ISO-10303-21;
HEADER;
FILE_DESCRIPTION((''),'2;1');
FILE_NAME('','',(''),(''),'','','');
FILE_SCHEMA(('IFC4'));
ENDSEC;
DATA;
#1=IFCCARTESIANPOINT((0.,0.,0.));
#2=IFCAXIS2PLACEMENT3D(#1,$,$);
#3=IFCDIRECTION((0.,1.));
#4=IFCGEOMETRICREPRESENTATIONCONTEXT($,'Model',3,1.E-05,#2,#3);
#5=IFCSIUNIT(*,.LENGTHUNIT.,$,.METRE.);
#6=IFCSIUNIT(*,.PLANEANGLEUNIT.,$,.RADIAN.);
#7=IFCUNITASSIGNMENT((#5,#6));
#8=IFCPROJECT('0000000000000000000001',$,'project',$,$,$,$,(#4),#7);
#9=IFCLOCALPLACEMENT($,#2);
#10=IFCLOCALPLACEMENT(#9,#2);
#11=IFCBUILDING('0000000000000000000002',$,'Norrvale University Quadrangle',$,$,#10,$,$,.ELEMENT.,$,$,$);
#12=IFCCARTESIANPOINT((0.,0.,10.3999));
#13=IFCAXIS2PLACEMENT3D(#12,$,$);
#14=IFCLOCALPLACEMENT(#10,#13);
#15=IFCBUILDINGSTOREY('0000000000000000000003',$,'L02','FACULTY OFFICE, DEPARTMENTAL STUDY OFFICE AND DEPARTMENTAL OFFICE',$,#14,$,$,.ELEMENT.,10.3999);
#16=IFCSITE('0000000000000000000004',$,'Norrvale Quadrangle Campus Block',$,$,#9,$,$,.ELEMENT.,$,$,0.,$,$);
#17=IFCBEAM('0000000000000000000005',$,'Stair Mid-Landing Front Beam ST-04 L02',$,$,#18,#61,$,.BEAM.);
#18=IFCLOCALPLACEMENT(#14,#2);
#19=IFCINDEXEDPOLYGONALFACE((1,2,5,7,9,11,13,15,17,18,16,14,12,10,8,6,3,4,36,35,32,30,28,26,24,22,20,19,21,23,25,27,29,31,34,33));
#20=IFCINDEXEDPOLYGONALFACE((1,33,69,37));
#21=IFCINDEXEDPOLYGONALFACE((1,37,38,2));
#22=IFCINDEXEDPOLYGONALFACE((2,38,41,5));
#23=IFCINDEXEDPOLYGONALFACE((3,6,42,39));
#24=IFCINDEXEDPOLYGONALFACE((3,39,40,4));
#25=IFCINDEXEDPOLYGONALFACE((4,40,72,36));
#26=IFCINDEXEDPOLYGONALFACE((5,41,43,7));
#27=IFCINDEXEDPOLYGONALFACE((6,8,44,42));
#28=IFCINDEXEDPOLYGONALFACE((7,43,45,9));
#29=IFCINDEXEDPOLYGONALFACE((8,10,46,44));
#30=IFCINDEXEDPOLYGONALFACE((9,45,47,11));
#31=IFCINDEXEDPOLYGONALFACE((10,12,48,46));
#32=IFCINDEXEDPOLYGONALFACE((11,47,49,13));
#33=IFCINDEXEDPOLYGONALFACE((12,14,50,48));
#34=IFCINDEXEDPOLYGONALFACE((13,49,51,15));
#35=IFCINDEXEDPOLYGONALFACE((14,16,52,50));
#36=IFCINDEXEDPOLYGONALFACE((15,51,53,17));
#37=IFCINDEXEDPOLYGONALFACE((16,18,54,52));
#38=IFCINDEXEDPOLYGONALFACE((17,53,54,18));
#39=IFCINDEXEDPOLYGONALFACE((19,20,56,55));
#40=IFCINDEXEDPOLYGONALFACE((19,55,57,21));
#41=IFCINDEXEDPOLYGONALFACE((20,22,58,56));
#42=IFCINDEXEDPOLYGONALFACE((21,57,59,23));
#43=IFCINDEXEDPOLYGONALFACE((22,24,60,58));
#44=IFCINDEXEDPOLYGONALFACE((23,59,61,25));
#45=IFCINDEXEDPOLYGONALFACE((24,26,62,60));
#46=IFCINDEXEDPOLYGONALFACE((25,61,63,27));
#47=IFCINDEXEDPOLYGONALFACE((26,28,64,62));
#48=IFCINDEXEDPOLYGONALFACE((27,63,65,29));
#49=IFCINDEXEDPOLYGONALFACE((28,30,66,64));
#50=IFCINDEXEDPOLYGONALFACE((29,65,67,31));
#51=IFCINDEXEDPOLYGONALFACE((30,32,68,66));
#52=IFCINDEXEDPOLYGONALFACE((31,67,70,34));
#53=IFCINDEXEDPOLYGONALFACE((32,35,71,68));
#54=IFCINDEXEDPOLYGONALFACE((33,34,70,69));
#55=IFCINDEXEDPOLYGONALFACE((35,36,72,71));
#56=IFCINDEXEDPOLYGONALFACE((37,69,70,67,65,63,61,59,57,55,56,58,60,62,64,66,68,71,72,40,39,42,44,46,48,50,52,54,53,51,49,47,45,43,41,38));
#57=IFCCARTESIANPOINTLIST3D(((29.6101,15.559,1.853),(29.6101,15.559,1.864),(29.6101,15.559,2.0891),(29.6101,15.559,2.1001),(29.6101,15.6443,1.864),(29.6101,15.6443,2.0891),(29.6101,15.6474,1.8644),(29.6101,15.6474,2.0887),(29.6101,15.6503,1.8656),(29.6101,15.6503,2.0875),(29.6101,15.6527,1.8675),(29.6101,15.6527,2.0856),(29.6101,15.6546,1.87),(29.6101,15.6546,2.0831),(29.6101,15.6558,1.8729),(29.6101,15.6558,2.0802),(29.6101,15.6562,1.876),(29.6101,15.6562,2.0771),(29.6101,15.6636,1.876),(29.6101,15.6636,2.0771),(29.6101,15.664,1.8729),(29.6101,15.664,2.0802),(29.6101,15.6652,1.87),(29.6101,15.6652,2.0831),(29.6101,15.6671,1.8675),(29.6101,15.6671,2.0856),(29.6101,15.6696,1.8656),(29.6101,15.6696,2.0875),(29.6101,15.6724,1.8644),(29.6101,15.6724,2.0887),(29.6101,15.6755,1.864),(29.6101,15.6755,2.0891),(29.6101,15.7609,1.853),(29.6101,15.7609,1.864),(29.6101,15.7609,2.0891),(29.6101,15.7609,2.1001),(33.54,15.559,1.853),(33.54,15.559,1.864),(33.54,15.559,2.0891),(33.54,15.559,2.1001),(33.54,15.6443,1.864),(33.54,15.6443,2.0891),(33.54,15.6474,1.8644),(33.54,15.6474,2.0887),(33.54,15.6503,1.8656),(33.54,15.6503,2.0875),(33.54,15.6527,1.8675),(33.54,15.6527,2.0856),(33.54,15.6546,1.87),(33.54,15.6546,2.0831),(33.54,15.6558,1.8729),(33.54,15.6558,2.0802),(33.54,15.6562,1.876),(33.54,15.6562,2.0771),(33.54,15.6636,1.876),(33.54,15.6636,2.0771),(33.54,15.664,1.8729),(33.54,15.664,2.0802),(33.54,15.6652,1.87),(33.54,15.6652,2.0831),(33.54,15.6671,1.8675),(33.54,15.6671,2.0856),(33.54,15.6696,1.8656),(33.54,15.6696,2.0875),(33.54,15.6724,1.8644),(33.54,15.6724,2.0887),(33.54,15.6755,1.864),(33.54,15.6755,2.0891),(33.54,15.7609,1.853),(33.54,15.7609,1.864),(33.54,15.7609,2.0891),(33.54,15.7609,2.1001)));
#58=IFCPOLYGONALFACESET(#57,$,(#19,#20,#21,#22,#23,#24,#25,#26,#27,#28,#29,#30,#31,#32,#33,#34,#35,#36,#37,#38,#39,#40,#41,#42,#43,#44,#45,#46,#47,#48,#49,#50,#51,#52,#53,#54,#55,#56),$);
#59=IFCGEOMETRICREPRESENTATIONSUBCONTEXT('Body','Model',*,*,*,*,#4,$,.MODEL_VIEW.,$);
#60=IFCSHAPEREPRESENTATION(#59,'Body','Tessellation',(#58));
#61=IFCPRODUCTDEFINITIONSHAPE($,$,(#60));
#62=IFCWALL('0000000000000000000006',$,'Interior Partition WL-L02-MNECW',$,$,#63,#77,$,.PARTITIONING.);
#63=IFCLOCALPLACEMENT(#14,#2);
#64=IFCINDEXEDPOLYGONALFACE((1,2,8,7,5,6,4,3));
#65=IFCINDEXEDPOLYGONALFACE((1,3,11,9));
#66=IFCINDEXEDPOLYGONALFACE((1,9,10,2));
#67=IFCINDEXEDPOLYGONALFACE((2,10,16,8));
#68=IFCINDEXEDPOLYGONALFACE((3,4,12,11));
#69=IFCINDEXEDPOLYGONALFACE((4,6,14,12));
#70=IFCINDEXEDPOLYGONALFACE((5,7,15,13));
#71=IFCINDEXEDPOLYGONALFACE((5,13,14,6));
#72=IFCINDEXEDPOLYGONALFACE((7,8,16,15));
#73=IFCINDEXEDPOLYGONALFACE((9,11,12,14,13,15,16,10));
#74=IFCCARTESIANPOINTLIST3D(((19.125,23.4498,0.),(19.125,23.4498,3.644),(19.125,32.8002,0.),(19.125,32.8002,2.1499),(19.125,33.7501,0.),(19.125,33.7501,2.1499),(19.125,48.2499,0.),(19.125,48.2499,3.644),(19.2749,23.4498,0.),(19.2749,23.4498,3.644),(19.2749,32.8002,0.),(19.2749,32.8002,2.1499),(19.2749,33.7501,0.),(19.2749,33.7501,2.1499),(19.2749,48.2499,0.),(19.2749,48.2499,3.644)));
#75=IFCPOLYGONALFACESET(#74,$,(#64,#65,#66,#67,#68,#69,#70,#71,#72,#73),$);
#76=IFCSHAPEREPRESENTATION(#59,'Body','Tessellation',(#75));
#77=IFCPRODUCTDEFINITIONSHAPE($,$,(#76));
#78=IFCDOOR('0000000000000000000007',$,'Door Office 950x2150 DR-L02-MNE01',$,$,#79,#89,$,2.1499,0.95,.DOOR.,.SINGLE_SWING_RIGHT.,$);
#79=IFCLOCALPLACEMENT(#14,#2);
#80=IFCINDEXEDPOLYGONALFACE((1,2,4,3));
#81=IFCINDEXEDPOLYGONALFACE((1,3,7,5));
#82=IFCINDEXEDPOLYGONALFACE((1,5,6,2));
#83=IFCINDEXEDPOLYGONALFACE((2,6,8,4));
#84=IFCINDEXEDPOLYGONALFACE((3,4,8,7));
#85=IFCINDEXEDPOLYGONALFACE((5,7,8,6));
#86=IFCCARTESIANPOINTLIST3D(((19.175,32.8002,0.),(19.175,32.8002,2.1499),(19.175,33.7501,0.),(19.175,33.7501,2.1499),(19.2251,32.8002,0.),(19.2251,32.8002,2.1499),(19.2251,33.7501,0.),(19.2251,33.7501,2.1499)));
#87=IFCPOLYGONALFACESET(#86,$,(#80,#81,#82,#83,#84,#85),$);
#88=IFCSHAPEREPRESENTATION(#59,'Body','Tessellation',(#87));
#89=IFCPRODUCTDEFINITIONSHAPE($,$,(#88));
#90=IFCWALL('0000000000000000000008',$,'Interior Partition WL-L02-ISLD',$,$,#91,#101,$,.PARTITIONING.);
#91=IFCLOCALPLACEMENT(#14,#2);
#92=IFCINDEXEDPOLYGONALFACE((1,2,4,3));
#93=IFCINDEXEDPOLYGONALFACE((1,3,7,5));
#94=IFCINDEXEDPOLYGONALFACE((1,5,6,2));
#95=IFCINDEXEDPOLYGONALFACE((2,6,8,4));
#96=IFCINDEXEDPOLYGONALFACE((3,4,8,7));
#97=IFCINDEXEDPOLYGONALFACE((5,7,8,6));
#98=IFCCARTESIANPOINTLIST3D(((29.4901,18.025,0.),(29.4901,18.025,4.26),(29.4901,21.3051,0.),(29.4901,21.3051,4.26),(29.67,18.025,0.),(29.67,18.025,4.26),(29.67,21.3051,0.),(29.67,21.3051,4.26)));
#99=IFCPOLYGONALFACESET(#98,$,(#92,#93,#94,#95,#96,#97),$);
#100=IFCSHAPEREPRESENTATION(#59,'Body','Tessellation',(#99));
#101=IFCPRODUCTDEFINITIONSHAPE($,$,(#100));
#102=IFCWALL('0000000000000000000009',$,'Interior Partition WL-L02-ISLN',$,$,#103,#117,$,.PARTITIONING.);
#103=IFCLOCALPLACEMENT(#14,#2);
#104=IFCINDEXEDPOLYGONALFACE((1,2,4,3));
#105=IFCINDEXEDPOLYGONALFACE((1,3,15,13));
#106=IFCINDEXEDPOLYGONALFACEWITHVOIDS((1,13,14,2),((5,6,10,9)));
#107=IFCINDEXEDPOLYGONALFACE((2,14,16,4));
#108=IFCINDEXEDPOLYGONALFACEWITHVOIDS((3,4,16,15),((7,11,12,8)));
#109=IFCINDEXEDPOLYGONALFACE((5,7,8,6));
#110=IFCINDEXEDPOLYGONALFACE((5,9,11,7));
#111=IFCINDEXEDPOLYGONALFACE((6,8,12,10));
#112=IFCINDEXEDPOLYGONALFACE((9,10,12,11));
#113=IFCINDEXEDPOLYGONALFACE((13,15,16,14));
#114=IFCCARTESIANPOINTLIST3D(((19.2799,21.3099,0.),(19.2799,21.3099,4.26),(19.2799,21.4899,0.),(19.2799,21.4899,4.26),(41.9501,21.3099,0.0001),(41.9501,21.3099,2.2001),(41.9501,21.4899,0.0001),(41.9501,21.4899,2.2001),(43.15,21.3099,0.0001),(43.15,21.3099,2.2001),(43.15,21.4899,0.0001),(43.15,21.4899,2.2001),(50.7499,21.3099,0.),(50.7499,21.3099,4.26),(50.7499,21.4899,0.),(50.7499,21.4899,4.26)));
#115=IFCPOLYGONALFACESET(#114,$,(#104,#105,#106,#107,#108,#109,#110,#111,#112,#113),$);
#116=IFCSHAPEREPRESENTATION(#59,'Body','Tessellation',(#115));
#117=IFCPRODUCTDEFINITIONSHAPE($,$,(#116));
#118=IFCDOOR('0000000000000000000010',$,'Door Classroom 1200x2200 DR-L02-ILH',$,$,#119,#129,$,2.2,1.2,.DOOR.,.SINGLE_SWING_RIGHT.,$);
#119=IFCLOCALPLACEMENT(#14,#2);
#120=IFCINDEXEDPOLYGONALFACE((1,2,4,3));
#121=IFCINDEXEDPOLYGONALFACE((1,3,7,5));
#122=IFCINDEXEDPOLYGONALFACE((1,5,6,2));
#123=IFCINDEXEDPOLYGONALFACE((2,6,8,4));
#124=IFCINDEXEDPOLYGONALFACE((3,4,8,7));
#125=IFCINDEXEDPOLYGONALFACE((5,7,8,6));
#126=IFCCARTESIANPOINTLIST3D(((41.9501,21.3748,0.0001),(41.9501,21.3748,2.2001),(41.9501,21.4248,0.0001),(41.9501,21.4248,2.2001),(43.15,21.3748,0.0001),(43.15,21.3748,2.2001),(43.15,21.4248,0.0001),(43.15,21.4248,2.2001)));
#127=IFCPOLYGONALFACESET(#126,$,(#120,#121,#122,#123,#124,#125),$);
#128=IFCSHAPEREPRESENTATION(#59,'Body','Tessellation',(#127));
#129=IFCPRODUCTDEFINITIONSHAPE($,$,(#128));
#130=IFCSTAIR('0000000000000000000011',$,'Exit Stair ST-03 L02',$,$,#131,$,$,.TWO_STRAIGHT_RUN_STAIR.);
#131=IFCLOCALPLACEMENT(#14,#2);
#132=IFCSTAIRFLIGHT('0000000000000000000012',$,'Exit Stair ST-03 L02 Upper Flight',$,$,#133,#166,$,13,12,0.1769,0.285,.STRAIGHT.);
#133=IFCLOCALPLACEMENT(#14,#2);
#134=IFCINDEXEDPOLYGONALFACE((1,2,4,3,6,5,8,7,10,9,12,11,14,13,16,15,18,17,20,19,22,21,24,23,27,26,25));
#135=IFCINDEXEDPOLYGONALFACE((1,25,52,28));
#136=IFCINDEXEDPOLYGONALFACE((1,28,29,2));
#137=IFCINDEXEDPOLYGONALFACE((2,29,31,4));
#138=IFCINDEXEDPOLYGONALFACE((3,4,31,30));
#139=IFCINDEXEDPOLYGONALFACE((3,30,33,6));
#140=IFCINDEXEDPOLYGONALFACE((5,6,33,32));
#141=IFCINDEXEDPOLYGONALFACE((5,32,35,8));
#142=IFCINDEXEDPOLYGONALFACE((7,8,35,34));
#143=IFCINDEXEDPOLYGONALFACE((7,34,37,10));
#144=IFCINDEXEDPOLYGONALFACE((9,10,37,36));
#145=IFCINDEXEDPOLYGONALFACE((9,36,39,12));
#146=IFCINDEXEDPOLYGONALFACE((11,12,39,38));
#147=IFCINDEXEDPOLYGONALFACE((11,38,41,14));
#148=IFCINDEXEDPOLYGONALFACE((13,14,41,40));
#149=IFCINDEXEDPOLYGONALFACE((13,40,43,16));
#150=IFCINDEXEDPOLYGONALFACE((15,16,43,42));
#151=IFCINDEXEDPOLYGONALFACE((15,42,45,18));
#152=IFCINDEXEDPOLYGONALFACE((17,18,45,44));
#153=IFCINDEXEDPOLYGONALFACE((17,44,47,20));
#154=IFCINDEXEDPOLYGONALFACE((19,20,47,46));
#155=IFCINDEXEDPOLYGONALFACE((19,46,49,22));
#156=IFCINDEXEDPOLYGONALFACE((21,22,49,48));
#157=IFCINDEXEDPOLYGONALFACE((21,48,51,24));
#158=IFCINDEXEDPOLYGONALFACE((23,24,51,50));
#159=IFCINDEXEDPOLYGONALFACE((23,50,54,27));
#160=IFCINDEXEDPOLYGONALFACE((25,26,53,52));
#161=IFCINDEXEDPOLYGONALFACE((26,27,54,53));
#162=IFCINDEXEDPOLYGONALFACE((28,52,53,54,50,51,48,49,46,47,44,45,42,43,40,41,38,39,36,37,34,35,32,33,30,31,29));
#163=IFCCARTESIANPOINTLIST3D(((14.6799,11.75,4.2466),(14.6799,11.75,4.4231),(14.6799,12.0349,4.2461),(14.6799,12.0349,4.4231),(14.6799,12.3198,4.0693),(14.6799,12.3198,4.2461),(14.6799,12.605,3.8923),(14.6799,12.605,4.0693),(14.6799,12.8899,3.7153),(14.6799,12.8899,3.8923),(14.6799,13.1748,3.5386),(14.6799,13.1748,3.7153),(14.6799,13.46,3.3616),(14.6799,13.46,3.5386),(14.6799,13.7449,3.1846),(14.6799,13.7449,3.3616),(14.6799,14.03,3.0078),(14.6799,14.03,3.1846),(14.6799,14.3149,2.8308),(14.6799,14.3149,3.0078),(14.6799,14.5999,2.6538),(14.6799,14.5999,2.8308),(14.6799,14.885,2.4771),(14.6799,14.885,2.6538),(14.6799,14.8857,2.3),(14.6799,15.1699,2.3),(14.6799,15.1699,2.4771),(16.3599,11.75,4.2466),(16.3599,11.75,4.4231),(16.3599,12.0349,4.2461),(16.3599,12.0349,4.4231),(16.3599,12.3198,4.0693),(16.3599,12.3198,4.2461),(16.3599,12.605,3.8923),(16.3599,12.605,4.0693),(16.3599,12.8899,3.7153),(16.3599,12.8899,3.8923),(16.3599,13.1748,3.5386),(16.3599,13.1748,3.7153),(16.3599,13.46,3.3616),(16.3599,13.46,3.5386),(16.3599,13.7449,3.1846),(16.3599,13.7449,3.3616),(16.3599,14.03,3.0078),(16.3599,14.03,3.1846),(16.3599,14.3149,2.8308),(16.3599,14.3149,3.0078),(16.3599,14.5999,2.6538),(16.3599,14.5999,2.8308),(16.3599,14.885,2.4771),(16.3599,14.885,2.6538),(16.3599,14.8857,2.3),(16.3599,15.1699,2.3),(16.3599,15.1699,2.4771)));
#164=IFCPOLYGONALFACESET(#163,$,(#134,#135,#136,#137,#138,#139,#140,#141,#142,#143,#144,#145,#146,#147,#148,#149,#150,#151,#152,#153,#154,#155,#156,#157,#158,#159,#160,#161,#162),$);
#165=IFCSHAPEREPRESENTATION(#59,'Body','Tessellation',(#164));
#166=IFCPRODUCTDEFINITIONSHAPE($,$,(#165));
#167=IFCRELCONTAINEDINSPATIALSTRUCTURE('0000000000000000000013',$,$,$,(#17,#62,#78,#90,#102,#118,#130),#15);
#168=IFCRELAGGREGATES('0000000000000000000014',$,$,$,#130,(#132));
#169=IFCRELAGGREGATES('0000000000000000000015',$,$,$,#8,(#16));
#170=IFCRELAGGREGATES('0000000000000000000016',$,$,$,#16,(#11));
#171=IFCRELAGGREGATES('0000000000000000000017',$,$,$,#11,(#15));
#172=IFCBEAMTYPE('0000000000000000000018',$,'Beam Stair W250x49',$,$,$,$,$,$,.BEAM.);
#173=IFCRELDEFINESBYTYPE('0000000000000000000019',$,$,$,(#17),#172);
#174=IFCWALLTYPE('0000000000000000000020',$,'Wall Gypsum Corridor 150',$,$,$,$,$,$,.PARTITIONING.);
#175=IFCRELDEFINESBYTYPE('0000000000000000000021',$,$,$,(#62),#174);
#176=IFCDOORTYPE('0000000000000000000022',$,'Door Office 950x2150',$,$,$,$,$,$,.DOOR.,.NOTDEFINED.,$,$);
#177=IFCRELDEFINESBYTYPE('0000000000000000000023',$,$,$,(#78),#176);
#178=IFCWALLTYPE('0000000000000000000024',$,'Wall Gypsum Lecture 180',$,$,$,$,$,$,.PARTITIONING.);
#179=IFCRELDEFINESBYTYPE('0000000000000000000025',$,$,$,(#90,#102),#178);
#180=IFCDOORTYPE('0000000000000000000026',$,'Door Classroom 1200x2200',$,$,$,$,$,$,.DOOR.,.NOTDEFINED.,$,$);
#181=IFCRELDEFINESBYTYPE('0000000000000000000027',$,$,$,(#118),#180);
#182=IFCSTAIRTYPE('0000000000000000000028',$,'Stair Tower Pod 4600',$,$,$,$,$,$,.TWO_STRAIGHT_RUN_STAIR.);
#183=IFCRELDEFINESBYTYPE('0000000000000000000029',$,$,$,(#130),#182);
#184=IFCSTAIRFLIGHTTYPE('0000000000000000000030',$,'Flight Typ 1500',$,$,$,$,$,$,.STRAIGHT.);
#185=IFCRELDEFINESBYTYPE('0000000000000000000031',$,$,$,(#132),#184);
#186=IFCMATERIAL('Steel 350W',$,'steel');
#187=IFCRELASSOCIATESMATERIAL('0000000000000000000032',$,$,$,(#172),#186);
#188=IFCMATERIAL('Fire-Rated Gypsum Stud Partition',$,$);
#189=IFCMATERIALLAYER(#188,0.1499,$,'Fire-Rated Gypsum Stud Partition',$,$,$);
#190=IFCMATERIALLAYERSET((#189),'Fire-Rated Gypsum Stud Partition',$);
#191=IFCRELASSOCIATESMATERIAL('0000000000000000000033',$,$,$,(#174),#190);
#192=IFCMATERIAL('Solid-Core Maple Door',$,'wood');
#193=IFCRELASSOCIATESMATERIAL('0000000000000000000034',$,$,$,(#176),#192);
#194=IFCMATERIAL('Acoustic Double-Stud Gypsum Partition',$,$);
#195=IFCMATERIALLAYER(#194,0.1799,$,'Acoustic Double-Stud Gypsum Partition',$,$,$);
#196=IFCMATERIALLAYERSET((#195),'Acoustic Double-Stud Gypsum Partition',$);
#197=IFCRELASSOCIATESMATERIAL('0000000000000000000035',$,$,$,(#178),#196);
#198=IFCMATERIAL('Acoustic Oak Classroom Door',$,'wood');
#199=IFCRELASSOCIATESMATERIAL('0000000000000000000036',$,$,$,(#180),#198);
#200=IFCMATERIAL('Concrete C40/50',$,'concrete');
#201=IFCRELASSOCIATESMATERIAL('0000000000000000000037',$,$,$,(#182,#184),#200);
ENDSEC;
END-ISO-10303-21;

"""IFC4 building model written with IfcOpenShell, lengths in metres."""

from ifc_helpers import new_model, si_unit, direction, frame, frame_2d, origin, origin_2d, place, context, subcontext, project, spatial, polyline, rectangle, i_section, outline, extrude, material, layer, layer_set, material_profile, profile_set, type_object, element, fill, aggregate, save


model = new_model("IFC4")

# Units and contexts
model_context = context("Model", 3, precision=1e-05, world=origin(), true_north=direction((0.0, 1.0)))
body_context = subcontext(model_context, "Body", "Model", "MODEL_VIEW")
ifc_project = project(units=[si_unit("LENGTHUNIT", "METRE"), si_unit("PLANEANGLEUNIT", "RADIAN")], contexts=[model_context])

# Site, building, storey
site_placement = place(None, origin())
site = spatial("IfcSite", under=ifc_project, at=site_placement, Name="Norrvale Quadrangle Campus Block", CompositionType="ELEMENT", RefElevation=0.0)
building_placement = place(site_placement, origin())
building = spatial("IfcBuilding", under=site, at=building_placement, Name="Norrvale University Quadrangle", CompositionType="ELEMENT")
storey_placement = place(building_placement, frame((0.0, 0.0, 10.3999)))
storey = spatial("IfcBuildingStorey", under=building, at=storey_placement, Name="L02", Description="FACULTY OFFICE, DEPARTMENTAL STUDY OFFICE AND DEPARTMENTAL OFFICE", CompositionType="ELEMENT", Elevation=10.3999)

# Beam
ifc_material_1 = material(Name="Steel 350W", Category="steel")
ifc_material_profile_1 = material_profile(ifc_material_1, i_section(OverallWidth=0.2019, OverallDepth=0.2471, WebThickness=0.0073, FlangeThickness=0.011, FilletRadius=0.012, at=origin_2d()), Name="Steel 350W")
ifc_profile_set_1 = profile_set([ifc_material_profile_1], Name="Steel 350W")
beam_type_1 = type_object("IfcBeamType", Name="Beam Stair W250x49", PredefinedType="BEAM", material=ifc_profile_set_1)
beam_1_placement = place(storey_placement, frame((29.6101, 15.6599, 1.9766), z_axis=(1.0, 0.0, 0.0), x_axis=(0.0, 1.0, 0.0)))
element("IfcBeam", 1, at=beam_1_placement, inside=storey, type_object=beam_type_1, Name="Stair Mid-Landing Front Beam ST-04 L02", PredefinedType="BEAM", context=body_context, shape_type="SweptSolid", body=[
    extrude(i_section(OverallWidth=0.2019, OverallDepth=0.2471, WebThickness=0.0073, FlangeThickness=0.011, FilletRadius=0.012, at=origin_2d()), origin(), (0.0, 0.0, 1.0), 3.9299),
])

# Wall, opening, door
ifc_material_2 = material(Name="Fire-Rated Gypsum Stud Partition")
ifc_layer_1 = layer(ifc_material_2, 0.1499, Name="Fire-Rated Gypsum Stud Partition")
ifc_layer_set_1 = layer_set([ifc_layer_1], Name="Fire-Rated Gypsum Stud Partition")
wall_type_1 = type_object("IfcWallType", Name="Wall Gypsum Corridor 150", PredefinedType="PARTITIONING", material=ifc_layer_set_1)
wall_1_placement = place(storey_placement, frame((19.2, 23.45, 0.0), z_axis=(0.0, 0.0, 1.0), x_axis=(0.0, 1.0, 0.0)))
wall_1 = element("IfcWall", 2, at=wall_1_placement, inside=storey, type_object=wall_type_1, Name="Interior Partition WL-L02-MNECW", PredefinedType="PARTITIONING", context=body_context, shape_type="SweptSolid", body=[
    extrude(rectangle(XDim=24.8, YDim=0.1499, at=frame_2d((12.3999, 0.0))), origin(), (0.0, 0.0, 1.0), 3.644),
])
opening_1_placement = place(wall_1_placement, frame((9.3501, 0.0, 0.0)))
opening_1 = element("IfcOpeningElement", 3, at=opening_1_placement, cuts=wall_1, PredefinedType="OPENING", context=body_context, shape_type="SweptSolid", body=[
    extrude(rectangle(XDim=0.95, YDim=2.1499, at=frame_2d((0.4751, 1.075))), frame((0.0, 0.0869, 0.0), z_axis=(0.0, -1.0, 0.0), x_axis=(1.0, 0.0, 0.0)), (0.0, 0.0, 1.0), 0.1738),
])
ifc_material_3 = material(Name="Solid-Core Maple Door", Category="wood")
door_type_1 = type_object("IfcDoorType", Name="Door Office 950x2150", OperationType="NOTDEFINED", PredefinedType="DOOR", material=ifc_material_3)
door_1_placement = place(opening_1_placement, origin())
door_1 = element("IfcDoor", 4, at=door_1_placement, inside=storey, type_object=door_type_1, Name="Door Office 950x2150 DR-L02-MNE01", OperationType="SINGLE_SWING_RIGHT", OverallHeight=2.1499, OverallWidth=0.95, PredefinedType="DOOR", context=body_context, shape_type="SweptSolid", body=[
    extrude(rectangle(XDim=0.95, YDim=2.1499, at=frame_2d((0.4751, 1.075))), frame((0.0, 0.0249, 0.0), z_axis=(0.0, -1.0, 0.0), x_axis=(1.0, 0.0, 0.0)), (0.0, 0.0, 1.0), 0.05),
])
fill(opening_1, door_1)

# Wall
ifc_material_4 = material(Name="Acoustic Double-Stud Gypsum Partition")
ifc_layer_2 = layer(ifc_material_4, 0.1799, Name="Acoustic Double-Stud Gypsum Partition")
ifc_layer_set_2 = layer_set([ifc_layer_2], Name="Acoustic Double-Stud Gypsum Partition")
wall_type_2 = type_object("IfcWallType", Name="Wall Gypsum Lecture 180", PredefinedType="PARTITIONING", material=ifc_layer_set_2)
wall_2_placement = place(storey_placement, frame((29.5801, 18.0249, 0.0), z_axis=(0.0, 0.0, 1.0), x_axis=(0.0, 1.0, 0.0)))
element("IfcWall", 5, at=wall_2_placement, inside=storey, type_object=wall_type_2, Name="Interior Partition WL-L02-ISLD", PredefinedType="PARTITIONING", context=body_context, shape_type="SweptSolid", body=[
    extrude(rectangle(XDim=3.28, YDim=0.1799, at=frame_2d((1.6401, 0.0))), origin(), (0.0, 0.0, 1.0), 4.26),
])

# Wall, opening, door
wall_3_placement = place(storey_placement, frame((19.28, 21.3999, 0.0), z_axis=(0.0, 0.0, 1.0), x_axis=(1.0, 0.0, 0.0)))
wall_3 = element("IfcWall", 6, at=wall_3_placement, inside=storey, type_object=wall_type_2, Name="Interior Partition WL-L02-ISLN", PredefinedType="PARTITIONING", context=body_context, shape_type="SweptSolid", body=[
    extrude(rectangle(XDim=31.47, YDim=0.1799, at=frame_2d((15.7349, 0.0))), origin(), (0.0, 0.0, 1.0), 4.26),
])
opening_2_placement = place(wall_3_placement, frame((22.6699, 0.0, 0.0)))
opening_2 = element("IfcOpeningElement", 7, at=opening_2_placement, cuts=wall_3, PredefinedType="OPENING", context=body_context, shape_type="SweptSolid", body=[
    extrude(rectangle(XDim=1.2, YDim=2.2, at=frame_2d((0.6001, 1.1001))), frame((0.0, 0.1021, 0.0), z_axis=(0.0, -1.0, 0.0), x_axis=(1.0, 0.0, 0.0)), (0.0, 0.0, 1.0), 0.2039),
])
ifc_material_5 = material(Name="Acoustic Oak Classroom Door", Category="wood")
door_type_2 = type_object("IfcDoorType", Name="Door Classroom 1200x2200", OperationType="NOTDEFINED", PredefinedType="DOOR", material=ifc_material_5)
door_2_placement = place(opening_2_placement, origin())
door_2 = element("IfcDoor", 8, at=door_2_placement, inside=storey, type_object=door_type_2, Name="Door Classroom 1200x2200 DR-L02-ILH", OperationType="SINGLE_SWING_RIGHT", OverallHeight=2.2, OverallWidth=1.2, PredefinedType="DOOR", context=body_context, shape_type="SweptSolid", body=[
    extrude(rectangle(XDim=1.2, YDim=2.2, at=frame_2d((0.6001, 1.1001))), frame((0.0, 0.0249, 0.0), z_axis=(0.0, -1.0, 0.0), x_axis=(1.0, 0.0, 0.0)), (0.0, 0.0, 1.0), 0.05),
])
fill(opening_2, door_2)

# Stair, stair flight
ifc_material_6 = material(Name="Concrete C40/50", Category="concrete")
stair_type = type_object("IfcStairType", Name="Stair Tower Pod 4600", PredefinedType="TWO_STRAIGHT_RUN_STAIR", material=ifc_material_6)
stair_placement = place(storey_placement, origin())
stair = element("IfcStair", 9, at=stair_placement, inside=storey, type_object=stair_type, Name="Exit Stair ST-03 L02", PredefinedType="TWO_STRAIGHT_RUN_STAIR")
stair_flight_type = type_object("IfcStairFlightType", Name="Flight Typ 1500", PredefinedType="STRAIGHT", material=ifc_material_6)
stair_flight_placement = place(storey_placement, frame((15.52, 15.1699, 2.3), z_axis=(0.0, 0.0, 1.0), x_axis=(0.0, -1.0, 0.0)))
stair_flight = element("IfcStairFlight", 10, at=stair_flight_placement, type_object=stair_flight_type, Name="Exit Stair ST-03 L02 Upper Flight", NumberOfRisers=13, NumberOfTreads=12, PredefinedType="STRAIGHT", RiserHeight=0.1769, TreadLength=0.285, context=body_context, shape_type="SweptSolid", body=[
    extrude(outline(polyline([(0.0, 0.0), (0.0, 0.177), (0.2849, 0.177), (0.2849, 0.3538), (0.5701, 0.3538), (0.5701, 0.5308), (0.855, 0.5308), (0.855, 0.7078), (1.1399, 0.7078), (1.1399, 0.8845), (1.425, 0.8845), (1.425, 1.0615), (1.71, 1.0615), (1.71, 1.2385), (1.9951, 1.2385), (1.9951, 1.4153), (2.28, 1.4153), (2.28, 1.5923), (2.5649, 1.5923), (2.5649, 1.7693), (2.8501, 1.7693), (2.8501, 1.946), (3.135, 1.946), (3.135, 2.123), (3.4199, 2.123), (3.4199, 2.3), (3.4199, 1.9465), (0.2842, 0.0), (0.0, 0.0)])), frame((0.0, 0.8398, 0.0), z_axis=(0.0, -1.0, 0.0), x_axis=(1.0, 0.0, 0.0)), (0.0, 0.0, 1.0), 1.6799),
])
aggregate(stair, [stair_flight])

save(model, "model.ifc")
